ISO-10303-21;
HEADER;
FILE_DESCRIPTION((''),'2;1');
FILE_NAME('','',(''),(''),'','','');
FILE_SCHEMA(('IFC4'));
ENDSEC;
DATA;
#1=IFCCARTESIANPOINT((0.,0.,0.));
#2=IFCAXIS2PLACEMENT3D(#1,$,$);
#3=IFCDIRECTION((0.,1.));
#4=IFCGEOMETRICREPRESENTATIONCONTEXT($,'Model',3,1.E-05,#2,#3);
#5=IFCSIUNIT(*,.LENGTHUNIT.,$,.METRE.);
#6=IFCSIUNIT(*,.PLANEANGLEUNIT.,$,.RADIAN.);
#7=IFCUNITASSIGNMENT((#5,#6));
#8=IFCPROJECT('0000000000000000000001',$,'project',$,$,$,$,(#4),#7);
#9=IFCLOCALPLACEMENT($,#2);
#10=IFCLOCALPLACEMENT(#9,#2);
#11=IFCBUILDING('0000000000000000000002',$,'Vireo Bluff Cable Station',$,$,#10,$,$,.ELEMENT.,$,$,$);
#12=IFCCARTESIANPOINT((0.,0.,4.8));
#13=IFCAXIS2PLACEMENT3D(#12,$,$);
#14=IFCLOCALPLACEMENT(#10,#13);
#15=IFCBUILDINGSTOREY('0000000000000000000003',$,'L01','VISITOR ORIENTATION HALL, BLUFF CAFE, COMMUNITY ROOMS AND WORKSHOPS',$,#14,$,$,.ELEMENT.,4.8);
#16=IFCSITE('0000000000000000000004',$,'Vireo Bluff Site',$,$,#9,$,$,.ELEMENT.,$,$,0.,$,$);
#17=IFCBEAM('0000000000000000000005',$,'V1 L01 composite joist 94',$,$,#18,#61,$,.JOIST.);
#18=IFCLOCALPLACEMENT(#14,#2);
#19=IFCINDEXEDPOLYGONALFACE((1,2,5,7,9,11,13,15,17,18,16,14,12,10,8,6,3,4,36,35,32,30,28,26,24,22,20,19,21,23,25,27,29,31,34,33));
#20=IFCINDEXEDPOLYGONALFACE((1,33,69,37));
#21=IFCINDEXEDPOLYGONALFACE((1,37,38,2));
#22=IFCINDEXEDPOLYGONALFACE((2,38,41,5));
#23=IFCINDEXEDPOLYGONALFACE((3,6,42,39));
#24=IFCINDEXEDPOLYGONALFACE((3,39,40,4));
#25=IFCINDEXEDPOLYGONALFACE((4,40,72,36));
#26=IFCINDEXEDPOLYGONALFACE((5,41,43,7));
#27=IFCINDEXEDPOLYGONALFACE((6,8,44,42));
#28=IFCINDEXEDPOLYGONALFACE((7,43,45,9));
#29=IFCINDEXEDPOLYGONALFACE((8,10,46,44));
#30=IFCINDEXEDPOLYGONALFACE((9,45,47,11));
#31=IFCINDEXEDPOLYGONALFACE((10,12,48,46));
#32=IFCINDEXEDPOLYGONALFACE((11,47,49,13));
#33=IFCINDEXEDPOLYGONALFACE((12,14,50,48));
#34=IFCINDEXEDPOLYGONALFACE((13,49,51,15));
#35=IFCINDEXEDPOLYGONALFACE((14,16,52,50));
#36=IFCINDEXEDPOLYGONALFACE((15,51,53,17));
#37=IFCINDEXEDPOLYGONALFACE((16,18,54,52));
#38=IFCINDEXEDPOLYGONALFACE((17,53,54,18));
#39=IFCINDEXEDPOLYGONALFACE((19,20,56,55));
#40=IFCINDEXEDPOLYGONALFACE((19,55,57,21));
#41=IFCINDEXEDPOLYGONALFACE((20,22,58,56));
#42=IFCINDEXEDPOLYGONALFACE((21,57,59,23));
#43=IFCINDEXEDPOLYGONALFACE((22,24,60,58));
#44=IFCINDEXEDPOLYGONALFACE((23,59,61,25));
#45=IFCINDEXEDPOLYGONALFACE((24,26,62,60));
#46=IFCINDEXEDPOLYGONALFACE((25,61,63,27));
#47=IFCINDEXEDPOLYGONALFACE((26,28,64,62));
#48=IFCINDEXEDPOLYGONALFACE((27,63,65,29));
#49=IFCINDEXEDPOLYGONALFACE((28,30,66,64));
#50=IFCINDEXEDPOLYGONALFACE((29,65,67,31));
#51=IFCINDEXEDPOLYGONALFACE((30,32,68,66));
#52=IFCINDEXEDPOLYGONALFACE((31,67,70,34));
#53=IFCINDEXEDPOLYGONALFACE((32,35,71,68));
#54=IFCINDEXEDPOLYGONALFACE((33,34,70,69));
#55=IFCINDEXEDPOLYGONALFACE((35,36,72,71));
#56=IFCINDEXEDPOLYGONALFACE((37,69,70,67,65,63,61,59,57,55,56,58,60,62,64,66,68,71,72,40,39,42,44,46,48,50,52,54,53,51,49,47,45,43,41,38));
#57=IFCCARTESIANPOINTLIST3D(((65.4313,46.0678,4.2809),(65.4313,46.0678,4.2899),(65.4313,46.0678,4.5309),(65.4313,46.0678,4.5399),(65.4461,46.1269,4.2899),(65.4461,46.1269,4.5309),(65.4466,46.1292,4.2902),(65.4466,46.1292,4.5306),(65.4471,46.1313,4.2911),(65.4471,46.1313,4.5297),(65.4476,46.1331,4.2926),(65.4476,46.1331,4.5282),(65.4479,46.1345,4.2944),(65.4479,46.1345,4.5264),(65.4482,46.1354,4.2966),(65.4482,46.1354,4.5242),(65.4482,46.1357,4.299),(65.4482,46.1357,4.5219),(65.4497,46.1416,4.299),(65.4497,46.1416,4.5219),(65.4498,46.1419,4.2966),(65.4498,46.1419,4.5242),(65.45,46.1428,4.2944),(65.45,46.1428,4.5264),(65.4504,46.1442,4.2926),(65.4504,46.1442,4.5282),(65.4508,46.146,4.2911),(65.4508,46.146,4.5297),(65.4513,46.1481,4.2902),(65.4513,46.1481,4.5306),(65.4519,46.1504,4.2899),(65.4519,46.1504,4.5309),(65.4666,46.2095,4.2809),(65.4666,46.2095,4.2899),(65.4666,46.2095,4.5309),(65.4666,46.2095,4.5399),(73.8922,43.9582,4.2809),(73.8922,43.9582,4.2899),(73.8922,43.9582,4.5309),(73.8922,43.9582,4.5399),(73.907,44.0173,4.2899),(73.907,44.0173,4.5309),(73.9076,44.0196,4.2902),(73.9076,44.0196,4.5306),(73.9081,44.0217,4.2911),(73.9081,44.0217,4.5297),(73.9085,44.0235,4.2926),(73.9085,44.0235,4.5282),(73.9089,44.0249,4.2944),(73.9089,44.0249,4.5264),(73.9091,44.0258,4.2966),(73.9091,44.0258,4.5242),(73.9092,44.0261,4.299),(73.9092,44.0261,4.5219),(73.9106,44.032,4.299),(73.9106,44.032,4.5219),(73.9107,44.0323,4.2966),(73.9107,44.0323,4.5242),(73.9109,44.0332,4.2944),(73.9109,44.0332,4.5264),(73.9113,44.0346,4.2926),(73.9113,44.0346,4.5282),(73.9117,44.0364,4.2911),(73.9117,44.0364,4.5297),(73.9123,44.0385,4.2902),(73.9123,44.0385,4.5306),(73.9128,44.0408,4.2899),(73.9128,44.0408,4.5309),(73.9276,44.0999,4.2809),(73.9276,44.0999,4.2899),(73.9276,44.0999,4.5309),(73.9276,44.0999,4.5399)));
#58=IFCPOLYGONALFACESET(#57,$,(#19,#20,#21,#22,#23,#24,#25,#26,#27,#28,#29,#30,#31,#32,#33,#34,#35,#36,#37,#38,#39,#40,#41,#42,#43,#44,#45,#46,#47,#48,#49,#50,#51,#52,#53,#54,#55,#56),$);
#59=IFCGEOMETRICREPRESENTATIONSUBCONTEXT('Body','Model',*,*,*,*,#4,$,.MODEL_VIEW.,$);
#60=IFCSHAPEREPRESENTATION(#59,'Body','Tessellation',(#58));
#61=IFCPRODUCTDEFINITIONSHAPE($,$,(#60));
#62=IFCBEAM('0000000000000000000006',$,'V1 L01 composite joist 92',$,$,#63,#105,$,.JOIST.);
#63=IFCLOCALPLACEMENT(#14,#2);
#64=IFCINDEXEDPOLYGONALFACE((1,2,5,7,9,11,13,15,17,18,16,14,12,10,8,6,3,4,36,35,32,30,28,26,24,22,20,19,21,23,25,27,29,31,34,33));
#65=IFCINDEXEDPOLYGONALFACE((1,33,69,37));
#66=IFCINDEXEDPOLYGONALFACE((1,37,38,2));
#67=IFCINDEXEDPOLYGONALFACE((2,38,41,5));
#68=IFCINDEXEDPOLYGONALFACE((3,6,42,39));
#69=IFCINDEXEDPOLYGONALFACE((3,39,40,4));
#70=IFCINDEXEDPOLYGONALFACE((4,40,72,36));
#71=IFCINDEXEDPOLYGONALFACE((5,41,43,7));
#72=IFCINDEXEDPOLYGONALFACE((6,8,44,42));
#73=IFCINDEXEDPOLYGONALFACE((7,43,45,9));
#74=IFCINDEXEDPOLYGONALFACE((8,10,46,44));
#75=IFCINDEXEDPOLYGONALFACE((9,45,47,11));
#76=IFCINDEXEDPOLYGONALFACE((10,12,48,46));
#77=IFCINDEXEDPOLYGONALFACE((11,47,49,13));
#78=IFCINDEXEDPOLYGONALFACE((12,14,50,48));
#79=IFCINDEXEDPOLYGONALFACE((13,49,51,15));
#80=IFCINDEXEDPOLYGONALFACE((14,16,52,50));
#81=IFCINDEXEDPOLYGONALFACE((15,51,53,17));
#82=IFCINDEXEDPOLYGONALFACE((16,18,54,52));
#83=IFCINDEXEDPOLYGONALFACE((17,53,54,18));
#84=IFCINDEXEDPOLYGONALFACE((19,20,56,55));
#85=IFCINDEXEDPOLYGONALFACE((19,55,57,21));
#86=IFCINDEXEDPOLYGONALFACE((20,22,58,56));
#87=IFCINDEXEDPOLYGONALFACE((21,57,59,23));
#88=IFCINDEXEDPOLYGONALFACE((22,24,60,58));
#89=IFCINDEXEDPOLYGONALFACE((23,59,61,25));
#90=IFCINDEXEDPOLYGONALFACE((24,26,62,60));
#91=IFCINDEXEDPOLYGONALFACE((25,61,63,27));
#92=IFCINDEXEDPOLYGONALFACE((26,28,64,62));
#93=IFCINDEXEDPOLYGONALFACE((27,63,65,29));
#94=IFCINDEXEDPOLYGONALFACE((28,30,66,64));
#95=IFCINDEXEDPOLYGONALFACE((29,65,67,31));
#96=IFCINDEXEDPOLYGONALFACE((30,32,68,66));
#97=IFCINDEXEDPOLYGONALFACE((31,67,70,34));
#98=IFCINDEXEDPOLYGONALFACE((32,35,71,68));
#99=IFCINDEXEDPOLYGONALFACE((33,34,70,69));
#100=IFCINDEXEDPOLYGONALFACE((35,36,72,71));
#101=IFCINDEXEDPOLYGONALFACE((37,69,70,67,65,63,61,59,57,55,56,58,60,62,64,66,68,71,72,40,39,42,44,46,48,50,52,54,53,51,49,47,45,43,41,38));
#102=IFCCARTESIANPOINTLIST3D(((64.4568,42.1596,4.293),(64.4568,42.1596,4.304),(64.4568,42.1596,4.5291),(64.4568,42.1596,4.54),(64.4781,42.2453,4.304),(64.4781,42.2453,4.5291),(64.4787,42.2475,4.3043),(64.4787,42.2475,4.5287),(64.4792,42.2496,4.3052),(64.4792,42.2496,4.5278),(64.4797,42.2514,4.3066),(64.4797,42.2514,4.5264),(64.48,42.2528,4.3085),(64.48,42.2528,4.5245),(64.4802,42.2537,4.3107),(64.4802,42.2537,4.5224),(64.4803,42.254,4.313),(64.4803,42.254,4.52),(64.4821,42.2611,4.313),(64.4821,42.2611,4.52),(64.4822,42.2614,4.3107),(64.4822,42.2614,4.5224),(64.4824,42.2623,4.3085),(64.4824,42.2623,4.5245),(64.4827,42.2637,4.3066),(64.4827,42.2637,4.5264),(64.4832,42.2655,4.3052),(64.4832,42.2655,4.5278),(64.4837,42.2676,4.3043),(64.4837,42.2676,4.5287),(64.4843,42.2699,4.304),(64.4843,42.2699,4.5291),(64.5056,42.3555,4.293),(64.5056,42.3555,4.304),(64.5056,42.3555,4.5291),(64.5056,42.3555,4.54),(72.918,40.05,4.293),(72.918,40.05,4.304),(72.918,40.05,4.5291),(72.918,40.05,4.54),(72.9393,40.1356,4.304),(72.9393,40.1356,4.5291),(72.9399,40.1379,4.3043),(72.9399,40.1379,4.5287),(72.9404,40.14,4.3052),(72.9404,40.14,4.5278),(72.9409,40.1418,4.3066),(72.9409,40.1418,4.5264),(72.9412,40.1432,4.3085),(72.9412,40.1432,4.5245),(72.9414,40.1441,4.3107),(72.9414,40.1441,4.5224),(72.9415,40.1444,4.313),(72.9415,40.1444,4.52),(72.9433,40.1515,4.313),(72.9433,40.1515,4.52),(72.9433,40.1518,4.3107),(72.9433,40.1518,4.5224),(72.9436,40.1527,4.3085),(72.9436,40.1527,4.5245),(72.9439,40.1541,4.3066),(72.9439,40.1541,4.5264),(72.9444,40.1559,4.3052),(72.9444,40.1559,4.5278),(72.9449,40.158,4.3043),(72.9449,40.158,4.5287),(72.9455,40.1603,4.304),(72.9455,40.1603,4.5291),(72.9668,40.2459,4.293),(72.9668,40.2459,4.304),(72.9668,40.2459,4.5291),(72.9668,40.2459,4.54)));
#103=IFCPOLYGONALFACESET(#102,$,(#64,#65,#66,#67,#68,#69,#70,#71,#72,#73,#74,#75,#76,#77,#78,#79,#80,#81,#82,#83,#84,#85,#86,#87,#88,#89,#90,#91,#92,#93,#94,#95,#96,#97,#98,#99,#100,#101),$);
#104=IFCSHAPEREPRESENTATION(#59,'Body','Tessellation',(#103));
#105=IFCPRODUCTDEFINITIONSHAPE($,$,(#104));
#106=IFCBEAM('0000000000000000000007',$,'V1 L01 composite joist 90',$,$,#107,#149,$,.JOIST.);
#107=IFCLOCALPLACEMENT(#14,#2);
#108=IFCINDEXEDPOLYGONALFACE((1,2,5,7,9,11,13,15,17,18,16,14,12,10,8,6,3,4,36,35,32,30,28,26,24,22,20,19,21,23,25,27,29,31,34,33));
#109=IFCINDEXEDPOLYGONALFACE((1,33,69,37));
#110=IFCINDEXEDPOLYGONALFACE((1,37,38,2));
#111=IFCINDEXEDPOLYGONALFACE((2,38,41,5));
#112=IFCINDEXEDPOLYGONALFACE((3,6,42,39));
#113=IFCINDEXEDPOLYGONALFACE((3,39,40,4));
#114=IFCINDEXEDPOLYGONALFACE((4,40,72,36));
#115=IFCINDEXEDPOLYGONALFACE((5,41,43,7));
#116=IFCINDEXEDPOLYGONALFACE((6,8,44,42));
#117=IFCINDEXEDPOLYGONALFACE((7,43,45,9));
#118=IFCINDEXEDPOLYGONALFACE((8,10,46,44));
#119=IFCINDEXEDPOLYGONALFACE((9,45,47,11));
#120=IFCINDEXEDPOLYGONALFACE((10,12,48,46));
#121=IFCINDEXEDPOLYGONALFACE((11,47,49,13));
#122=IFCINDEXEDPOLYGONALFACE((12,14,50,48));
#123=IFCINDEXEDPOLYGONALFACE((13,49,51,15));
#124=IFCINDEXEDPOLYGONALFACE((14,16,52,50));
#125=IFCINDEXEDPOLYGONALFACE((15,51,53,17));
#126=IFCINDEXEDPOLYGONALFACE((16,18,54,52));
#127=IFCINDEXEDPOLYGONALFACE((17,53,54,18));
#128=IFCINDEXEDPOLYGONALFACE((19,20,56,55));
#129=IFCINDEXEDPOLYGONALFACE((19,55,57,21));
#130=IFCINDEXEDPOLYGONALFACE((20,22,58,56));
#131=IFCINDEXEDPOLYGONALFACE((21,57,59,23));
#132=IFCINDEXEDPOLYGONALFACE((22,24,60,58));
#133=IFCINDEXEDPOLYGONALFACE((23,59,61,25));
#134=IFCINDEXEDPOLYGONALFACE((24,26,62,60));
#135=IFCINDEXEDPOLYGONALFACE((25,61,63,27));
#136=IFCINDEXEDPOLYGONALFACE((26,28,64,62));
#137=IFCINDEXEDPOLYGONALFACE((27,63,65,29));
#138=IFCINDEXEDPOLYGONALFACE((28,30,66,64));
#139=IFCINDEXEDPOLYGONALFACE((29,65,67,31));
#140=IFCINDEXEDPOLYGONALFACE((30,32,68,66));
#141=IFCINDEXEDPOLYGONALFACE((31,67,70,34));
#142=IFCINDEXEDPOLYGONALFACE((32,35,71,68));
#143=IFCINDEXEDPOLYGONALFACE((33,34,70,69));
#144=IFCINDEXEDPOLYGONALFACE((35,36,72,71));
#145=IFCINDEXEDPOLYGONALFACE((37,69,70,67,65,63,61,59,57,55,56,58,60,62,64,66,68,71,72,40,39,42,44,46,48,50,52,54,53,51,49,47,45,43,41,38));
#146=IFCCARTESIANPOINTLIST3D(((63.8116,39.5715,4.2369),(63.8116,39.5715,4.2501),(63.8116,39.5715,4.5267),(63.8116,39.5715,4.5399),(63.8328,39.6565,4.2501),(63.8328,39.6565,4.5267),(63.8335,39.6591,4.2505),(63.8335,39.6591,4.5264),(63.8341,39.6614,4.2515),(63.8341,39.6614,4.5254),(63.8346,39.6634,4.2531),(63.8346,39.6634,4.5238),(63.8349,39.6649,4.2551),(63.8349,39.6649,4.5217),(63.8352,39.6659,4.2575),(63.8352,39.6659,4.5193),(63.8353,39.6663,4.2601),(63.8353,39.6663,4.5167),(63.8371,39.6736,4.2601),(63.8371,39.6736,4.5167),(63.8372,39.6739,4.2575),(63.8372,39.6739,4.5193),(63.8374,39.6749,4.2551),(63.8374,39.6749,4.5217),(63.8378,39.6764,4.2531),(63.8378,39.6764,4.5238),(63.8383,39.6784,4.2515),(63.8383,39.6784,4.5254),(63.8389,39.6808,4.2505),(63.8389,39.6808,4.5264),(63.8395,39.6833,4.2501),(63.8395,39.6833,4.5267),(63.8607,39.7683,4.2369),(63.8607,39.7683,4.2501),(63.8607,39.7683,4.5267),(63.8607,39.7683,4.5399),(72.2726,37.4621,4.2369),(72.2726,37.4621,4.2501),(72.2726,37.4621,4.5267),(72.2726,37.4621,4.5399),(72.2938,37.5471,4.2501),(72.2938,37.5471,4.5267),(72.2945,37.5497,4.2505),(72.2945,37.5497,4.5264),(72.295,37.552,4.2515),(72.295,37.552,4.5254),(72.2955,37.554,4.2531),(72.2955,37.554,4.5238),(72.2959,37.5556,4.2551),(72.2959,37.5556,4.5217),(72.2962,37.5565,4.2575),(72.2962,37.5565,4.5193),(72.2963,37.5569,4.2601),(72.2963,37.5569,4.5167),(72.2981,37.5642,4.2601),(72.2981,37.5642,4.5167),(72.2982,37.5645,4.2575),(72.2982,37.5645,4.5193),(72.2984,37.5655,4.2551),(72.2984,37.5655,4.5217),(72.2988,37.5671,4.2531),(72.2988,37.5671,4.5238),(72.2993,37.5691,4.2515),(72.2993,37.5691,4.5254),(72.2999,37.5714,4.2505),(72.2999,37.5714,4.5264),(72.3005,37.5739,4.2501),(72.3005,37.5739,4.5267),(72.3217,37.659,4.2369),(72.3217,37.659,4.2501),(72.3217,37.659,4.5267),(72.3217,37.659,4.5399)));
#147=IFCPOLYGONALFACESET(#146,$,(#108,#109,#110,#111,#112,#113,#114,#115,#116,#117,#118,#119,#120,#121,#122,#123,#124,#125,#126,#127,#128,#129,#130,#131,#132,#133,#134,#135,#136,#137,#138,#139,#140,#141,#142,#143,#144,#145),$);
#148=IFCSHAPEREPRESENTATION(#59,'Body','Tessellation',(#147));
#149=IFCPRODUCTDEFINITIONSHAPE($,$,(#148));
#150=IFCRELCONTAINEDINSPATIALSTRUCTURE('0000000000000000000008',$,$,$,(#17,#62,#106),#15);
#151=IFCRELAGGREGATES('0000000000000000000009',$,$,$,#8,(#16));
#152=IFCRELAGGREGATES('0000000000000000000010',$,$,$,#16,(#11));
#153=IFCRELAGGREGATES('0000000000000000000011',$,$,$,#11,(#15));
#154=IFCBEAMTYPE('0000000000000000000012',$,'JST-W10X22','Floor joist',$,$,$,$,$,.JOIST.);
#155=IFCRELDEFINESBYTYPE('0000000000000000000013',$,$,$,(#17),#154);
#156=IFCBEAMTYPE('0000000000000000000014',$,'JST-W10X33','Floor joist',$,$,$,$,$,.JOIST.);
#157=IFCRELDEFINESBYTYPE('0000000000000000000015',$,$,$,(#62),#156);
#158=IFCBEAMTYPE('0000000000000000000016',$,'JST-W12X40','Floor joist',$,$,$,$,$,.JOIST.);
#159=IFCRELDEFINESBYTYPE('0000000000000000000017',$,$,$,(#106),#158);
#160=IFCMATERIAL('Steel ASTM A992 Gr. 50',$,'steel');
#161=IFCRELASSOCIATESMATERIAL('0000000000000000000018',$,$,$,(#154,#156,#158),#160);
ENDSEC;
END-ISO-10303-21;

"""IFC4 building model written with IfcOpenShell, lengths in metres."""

from ifc_helpers import new_model, si_unit, direction, frame, origin, origin_2d, place, context, subcontext, project, spatial, i_section, extrude, material, material_profile, profile_set, type_object, element, save


model = new_model("IFC4")

# Units and contexts
model_context = context("Model", 3, precision=1e-05, world=origin(), true_north=direction((0.0, 1.0)))
body_context = subcontext(model_context, "Body", "Model", "MODEL_VIEW")
ifc_project = project(units=[si_unit("LENGTHUNIT", "METRE"), si_unit("PLANEANGLEUNIT", "RADIAN")], contexts=[model_context])

# Site, building, storey
site_placement = place(None, origin())
site = spatial("IfcSite", under=ifc_project, at=site_placement, Name="Vireo Bluff Site", CompositionType="ELEMENT", RefElevation=0.0)
building_placement = place(site_placement, origin())
building = spatial("IfcBuilding", under=site, at=building_placement, Name="Vireo Bluff Cable Station", CompositionType="ELEMENT")
storey_placement = place(building_placement, frame((0.0, 0.0, 4.8)))
storey = spatial("IfcBuildingStorey", under=building, at=storey_placement, Name="L01", Description="VISITOR ORIENTATION HALL, BLUFF CAFE, COMMUNITY ROOMS AND WORKSHOPS", CompositionType="ELEMENT", Elevation=4.8)

# Shared definitions
ifc_material_1 = material(Name="Steel ASTM A992 Gr. 50", Category="steel")

# Beams
ifc_material_profile_1 = material_profile(ifc_material_1, i_section(OverallWidth=0.146, OverallDepth=0.259, WebThickness=0.0061, FlangeThickness=0.009, FilletRadius=0.009, at=origin_2d()), Name="W10X22")
ifc_profile_set_1 = profile_set([ifc_material_profile_1], Name="Steel ASTM A992 Gr. 50")
beam_type_1 = type_object("IfcBeamType", Name="JST-W10X22", Description="Floor joist", PredefinedType="JOIST", material=ifc_profile_set_1)
beam_1_placement = place(storey_placement, frame((65.449, 46.1387, 4.4104), z_axis=(0.970294, -0.24193, 0.0), x_axis=(0.24193, 0.970294, 0.0)))
element("IfcBeam", 1, at=beam_1_placement, inside=storey, type_object=beam_type_1, Name="V1 L01 composite joist 94", PredefinedType="JOIST", context=body_context, shape_type="SweptSolid", body=[
    extrude(i_section(OverallWidth=0.146, OverallDepth=0.259, WebThickness=0.0061, FlangeThickness=0.009, FilletRadius=0.009, at=origin_2d()), origin(), (0.0, 0.0, 1.0), 8.72),
])
ifc_material_profile_2 = material_profile(ifc_material_1, i_section(OverallWidth=0.2019, OverallDepth=0.2471, WebThickness=0.0073, FlangeThickness=0.011, FilletRadius=0.009, at=origin_2d()), Name="W10X33")
ifc_profile_set_2 = profile_set([ifc_material_profile_2], Name="Steel ASTM A992 Gr. 50")
beam_type_2 = type_object("IfcBeamType", Name="JST-W10X33", Description="Floor joist", PredefinedType="JOIST", material=ifc_profile_set_2)
beam_2_placement = place(storey_placement, frame((64.4812, 42.2576, 4.4165), z_axis=(0.970295, -0.241923, 0.0), x_axis=(0.241923, 0.970295, 0.0)))
element("IfcBeam", 2, at=beam_2_placement, inside=storey, type_object=beam_type_2, Name="V1 L01 composite joist 92", PredefinedType="JOIST", context=body_context, shape_type="SweptSolid", body=[
    extrude(i_section(OverallWidth=0.2019, OverallDepth=0.2471, WebThickness=0.0073, FlangeThickness=0.011, FilletRadius=0.009, at=origin_2d()), origin(), (0.0, 0.0, 1.0), 8.7202),
])
ifc_material_profile_3 = material_profile(ifc_material_1, i_section(OverallWidth=0.2029, OverallDepth=0.303, WebThickness=0.0076, FlangeThickness=0.0132, FilletRadius=0.01, at=origin_2d()), Name="W12X40")
ifc_profile_set_3 = profile_set([ifc_material_profile_3], Name="Steel ASTM A992 Gr. 50")
beam_type_3 = type_object("IfcBeamType", Name="JST-W12X40", Description="Floor joist", PredefinedType="JOIST", material=ifc_profile_set_3)
beam_3_placement = place(storey_placement, frame((63.8362, 39.6699, 4.3884), z_axis=(0.9703, -0.241903, 0.0), x_axis=(0.241903, 0.9703, 0.0)))
element("IfcBeam", 3, at=beam_3_placement, inside=storey, type_object=beam_type_3, Name="V1 L01 composite joist 90", PredefinedType="JOIST", context=body_context, shape_type="SweptSolid", body=[
    extrude(i_section(OverallWidth=0.2029, OverallDepth=0.303, WebThickness=0.0076, FlangeThickness=0.0132, FilletRadius=0.01, at=origin_2d()), origin(), (0.0, 0.0, 1.0), 8.72),
])

save(model, "model.ifc")
